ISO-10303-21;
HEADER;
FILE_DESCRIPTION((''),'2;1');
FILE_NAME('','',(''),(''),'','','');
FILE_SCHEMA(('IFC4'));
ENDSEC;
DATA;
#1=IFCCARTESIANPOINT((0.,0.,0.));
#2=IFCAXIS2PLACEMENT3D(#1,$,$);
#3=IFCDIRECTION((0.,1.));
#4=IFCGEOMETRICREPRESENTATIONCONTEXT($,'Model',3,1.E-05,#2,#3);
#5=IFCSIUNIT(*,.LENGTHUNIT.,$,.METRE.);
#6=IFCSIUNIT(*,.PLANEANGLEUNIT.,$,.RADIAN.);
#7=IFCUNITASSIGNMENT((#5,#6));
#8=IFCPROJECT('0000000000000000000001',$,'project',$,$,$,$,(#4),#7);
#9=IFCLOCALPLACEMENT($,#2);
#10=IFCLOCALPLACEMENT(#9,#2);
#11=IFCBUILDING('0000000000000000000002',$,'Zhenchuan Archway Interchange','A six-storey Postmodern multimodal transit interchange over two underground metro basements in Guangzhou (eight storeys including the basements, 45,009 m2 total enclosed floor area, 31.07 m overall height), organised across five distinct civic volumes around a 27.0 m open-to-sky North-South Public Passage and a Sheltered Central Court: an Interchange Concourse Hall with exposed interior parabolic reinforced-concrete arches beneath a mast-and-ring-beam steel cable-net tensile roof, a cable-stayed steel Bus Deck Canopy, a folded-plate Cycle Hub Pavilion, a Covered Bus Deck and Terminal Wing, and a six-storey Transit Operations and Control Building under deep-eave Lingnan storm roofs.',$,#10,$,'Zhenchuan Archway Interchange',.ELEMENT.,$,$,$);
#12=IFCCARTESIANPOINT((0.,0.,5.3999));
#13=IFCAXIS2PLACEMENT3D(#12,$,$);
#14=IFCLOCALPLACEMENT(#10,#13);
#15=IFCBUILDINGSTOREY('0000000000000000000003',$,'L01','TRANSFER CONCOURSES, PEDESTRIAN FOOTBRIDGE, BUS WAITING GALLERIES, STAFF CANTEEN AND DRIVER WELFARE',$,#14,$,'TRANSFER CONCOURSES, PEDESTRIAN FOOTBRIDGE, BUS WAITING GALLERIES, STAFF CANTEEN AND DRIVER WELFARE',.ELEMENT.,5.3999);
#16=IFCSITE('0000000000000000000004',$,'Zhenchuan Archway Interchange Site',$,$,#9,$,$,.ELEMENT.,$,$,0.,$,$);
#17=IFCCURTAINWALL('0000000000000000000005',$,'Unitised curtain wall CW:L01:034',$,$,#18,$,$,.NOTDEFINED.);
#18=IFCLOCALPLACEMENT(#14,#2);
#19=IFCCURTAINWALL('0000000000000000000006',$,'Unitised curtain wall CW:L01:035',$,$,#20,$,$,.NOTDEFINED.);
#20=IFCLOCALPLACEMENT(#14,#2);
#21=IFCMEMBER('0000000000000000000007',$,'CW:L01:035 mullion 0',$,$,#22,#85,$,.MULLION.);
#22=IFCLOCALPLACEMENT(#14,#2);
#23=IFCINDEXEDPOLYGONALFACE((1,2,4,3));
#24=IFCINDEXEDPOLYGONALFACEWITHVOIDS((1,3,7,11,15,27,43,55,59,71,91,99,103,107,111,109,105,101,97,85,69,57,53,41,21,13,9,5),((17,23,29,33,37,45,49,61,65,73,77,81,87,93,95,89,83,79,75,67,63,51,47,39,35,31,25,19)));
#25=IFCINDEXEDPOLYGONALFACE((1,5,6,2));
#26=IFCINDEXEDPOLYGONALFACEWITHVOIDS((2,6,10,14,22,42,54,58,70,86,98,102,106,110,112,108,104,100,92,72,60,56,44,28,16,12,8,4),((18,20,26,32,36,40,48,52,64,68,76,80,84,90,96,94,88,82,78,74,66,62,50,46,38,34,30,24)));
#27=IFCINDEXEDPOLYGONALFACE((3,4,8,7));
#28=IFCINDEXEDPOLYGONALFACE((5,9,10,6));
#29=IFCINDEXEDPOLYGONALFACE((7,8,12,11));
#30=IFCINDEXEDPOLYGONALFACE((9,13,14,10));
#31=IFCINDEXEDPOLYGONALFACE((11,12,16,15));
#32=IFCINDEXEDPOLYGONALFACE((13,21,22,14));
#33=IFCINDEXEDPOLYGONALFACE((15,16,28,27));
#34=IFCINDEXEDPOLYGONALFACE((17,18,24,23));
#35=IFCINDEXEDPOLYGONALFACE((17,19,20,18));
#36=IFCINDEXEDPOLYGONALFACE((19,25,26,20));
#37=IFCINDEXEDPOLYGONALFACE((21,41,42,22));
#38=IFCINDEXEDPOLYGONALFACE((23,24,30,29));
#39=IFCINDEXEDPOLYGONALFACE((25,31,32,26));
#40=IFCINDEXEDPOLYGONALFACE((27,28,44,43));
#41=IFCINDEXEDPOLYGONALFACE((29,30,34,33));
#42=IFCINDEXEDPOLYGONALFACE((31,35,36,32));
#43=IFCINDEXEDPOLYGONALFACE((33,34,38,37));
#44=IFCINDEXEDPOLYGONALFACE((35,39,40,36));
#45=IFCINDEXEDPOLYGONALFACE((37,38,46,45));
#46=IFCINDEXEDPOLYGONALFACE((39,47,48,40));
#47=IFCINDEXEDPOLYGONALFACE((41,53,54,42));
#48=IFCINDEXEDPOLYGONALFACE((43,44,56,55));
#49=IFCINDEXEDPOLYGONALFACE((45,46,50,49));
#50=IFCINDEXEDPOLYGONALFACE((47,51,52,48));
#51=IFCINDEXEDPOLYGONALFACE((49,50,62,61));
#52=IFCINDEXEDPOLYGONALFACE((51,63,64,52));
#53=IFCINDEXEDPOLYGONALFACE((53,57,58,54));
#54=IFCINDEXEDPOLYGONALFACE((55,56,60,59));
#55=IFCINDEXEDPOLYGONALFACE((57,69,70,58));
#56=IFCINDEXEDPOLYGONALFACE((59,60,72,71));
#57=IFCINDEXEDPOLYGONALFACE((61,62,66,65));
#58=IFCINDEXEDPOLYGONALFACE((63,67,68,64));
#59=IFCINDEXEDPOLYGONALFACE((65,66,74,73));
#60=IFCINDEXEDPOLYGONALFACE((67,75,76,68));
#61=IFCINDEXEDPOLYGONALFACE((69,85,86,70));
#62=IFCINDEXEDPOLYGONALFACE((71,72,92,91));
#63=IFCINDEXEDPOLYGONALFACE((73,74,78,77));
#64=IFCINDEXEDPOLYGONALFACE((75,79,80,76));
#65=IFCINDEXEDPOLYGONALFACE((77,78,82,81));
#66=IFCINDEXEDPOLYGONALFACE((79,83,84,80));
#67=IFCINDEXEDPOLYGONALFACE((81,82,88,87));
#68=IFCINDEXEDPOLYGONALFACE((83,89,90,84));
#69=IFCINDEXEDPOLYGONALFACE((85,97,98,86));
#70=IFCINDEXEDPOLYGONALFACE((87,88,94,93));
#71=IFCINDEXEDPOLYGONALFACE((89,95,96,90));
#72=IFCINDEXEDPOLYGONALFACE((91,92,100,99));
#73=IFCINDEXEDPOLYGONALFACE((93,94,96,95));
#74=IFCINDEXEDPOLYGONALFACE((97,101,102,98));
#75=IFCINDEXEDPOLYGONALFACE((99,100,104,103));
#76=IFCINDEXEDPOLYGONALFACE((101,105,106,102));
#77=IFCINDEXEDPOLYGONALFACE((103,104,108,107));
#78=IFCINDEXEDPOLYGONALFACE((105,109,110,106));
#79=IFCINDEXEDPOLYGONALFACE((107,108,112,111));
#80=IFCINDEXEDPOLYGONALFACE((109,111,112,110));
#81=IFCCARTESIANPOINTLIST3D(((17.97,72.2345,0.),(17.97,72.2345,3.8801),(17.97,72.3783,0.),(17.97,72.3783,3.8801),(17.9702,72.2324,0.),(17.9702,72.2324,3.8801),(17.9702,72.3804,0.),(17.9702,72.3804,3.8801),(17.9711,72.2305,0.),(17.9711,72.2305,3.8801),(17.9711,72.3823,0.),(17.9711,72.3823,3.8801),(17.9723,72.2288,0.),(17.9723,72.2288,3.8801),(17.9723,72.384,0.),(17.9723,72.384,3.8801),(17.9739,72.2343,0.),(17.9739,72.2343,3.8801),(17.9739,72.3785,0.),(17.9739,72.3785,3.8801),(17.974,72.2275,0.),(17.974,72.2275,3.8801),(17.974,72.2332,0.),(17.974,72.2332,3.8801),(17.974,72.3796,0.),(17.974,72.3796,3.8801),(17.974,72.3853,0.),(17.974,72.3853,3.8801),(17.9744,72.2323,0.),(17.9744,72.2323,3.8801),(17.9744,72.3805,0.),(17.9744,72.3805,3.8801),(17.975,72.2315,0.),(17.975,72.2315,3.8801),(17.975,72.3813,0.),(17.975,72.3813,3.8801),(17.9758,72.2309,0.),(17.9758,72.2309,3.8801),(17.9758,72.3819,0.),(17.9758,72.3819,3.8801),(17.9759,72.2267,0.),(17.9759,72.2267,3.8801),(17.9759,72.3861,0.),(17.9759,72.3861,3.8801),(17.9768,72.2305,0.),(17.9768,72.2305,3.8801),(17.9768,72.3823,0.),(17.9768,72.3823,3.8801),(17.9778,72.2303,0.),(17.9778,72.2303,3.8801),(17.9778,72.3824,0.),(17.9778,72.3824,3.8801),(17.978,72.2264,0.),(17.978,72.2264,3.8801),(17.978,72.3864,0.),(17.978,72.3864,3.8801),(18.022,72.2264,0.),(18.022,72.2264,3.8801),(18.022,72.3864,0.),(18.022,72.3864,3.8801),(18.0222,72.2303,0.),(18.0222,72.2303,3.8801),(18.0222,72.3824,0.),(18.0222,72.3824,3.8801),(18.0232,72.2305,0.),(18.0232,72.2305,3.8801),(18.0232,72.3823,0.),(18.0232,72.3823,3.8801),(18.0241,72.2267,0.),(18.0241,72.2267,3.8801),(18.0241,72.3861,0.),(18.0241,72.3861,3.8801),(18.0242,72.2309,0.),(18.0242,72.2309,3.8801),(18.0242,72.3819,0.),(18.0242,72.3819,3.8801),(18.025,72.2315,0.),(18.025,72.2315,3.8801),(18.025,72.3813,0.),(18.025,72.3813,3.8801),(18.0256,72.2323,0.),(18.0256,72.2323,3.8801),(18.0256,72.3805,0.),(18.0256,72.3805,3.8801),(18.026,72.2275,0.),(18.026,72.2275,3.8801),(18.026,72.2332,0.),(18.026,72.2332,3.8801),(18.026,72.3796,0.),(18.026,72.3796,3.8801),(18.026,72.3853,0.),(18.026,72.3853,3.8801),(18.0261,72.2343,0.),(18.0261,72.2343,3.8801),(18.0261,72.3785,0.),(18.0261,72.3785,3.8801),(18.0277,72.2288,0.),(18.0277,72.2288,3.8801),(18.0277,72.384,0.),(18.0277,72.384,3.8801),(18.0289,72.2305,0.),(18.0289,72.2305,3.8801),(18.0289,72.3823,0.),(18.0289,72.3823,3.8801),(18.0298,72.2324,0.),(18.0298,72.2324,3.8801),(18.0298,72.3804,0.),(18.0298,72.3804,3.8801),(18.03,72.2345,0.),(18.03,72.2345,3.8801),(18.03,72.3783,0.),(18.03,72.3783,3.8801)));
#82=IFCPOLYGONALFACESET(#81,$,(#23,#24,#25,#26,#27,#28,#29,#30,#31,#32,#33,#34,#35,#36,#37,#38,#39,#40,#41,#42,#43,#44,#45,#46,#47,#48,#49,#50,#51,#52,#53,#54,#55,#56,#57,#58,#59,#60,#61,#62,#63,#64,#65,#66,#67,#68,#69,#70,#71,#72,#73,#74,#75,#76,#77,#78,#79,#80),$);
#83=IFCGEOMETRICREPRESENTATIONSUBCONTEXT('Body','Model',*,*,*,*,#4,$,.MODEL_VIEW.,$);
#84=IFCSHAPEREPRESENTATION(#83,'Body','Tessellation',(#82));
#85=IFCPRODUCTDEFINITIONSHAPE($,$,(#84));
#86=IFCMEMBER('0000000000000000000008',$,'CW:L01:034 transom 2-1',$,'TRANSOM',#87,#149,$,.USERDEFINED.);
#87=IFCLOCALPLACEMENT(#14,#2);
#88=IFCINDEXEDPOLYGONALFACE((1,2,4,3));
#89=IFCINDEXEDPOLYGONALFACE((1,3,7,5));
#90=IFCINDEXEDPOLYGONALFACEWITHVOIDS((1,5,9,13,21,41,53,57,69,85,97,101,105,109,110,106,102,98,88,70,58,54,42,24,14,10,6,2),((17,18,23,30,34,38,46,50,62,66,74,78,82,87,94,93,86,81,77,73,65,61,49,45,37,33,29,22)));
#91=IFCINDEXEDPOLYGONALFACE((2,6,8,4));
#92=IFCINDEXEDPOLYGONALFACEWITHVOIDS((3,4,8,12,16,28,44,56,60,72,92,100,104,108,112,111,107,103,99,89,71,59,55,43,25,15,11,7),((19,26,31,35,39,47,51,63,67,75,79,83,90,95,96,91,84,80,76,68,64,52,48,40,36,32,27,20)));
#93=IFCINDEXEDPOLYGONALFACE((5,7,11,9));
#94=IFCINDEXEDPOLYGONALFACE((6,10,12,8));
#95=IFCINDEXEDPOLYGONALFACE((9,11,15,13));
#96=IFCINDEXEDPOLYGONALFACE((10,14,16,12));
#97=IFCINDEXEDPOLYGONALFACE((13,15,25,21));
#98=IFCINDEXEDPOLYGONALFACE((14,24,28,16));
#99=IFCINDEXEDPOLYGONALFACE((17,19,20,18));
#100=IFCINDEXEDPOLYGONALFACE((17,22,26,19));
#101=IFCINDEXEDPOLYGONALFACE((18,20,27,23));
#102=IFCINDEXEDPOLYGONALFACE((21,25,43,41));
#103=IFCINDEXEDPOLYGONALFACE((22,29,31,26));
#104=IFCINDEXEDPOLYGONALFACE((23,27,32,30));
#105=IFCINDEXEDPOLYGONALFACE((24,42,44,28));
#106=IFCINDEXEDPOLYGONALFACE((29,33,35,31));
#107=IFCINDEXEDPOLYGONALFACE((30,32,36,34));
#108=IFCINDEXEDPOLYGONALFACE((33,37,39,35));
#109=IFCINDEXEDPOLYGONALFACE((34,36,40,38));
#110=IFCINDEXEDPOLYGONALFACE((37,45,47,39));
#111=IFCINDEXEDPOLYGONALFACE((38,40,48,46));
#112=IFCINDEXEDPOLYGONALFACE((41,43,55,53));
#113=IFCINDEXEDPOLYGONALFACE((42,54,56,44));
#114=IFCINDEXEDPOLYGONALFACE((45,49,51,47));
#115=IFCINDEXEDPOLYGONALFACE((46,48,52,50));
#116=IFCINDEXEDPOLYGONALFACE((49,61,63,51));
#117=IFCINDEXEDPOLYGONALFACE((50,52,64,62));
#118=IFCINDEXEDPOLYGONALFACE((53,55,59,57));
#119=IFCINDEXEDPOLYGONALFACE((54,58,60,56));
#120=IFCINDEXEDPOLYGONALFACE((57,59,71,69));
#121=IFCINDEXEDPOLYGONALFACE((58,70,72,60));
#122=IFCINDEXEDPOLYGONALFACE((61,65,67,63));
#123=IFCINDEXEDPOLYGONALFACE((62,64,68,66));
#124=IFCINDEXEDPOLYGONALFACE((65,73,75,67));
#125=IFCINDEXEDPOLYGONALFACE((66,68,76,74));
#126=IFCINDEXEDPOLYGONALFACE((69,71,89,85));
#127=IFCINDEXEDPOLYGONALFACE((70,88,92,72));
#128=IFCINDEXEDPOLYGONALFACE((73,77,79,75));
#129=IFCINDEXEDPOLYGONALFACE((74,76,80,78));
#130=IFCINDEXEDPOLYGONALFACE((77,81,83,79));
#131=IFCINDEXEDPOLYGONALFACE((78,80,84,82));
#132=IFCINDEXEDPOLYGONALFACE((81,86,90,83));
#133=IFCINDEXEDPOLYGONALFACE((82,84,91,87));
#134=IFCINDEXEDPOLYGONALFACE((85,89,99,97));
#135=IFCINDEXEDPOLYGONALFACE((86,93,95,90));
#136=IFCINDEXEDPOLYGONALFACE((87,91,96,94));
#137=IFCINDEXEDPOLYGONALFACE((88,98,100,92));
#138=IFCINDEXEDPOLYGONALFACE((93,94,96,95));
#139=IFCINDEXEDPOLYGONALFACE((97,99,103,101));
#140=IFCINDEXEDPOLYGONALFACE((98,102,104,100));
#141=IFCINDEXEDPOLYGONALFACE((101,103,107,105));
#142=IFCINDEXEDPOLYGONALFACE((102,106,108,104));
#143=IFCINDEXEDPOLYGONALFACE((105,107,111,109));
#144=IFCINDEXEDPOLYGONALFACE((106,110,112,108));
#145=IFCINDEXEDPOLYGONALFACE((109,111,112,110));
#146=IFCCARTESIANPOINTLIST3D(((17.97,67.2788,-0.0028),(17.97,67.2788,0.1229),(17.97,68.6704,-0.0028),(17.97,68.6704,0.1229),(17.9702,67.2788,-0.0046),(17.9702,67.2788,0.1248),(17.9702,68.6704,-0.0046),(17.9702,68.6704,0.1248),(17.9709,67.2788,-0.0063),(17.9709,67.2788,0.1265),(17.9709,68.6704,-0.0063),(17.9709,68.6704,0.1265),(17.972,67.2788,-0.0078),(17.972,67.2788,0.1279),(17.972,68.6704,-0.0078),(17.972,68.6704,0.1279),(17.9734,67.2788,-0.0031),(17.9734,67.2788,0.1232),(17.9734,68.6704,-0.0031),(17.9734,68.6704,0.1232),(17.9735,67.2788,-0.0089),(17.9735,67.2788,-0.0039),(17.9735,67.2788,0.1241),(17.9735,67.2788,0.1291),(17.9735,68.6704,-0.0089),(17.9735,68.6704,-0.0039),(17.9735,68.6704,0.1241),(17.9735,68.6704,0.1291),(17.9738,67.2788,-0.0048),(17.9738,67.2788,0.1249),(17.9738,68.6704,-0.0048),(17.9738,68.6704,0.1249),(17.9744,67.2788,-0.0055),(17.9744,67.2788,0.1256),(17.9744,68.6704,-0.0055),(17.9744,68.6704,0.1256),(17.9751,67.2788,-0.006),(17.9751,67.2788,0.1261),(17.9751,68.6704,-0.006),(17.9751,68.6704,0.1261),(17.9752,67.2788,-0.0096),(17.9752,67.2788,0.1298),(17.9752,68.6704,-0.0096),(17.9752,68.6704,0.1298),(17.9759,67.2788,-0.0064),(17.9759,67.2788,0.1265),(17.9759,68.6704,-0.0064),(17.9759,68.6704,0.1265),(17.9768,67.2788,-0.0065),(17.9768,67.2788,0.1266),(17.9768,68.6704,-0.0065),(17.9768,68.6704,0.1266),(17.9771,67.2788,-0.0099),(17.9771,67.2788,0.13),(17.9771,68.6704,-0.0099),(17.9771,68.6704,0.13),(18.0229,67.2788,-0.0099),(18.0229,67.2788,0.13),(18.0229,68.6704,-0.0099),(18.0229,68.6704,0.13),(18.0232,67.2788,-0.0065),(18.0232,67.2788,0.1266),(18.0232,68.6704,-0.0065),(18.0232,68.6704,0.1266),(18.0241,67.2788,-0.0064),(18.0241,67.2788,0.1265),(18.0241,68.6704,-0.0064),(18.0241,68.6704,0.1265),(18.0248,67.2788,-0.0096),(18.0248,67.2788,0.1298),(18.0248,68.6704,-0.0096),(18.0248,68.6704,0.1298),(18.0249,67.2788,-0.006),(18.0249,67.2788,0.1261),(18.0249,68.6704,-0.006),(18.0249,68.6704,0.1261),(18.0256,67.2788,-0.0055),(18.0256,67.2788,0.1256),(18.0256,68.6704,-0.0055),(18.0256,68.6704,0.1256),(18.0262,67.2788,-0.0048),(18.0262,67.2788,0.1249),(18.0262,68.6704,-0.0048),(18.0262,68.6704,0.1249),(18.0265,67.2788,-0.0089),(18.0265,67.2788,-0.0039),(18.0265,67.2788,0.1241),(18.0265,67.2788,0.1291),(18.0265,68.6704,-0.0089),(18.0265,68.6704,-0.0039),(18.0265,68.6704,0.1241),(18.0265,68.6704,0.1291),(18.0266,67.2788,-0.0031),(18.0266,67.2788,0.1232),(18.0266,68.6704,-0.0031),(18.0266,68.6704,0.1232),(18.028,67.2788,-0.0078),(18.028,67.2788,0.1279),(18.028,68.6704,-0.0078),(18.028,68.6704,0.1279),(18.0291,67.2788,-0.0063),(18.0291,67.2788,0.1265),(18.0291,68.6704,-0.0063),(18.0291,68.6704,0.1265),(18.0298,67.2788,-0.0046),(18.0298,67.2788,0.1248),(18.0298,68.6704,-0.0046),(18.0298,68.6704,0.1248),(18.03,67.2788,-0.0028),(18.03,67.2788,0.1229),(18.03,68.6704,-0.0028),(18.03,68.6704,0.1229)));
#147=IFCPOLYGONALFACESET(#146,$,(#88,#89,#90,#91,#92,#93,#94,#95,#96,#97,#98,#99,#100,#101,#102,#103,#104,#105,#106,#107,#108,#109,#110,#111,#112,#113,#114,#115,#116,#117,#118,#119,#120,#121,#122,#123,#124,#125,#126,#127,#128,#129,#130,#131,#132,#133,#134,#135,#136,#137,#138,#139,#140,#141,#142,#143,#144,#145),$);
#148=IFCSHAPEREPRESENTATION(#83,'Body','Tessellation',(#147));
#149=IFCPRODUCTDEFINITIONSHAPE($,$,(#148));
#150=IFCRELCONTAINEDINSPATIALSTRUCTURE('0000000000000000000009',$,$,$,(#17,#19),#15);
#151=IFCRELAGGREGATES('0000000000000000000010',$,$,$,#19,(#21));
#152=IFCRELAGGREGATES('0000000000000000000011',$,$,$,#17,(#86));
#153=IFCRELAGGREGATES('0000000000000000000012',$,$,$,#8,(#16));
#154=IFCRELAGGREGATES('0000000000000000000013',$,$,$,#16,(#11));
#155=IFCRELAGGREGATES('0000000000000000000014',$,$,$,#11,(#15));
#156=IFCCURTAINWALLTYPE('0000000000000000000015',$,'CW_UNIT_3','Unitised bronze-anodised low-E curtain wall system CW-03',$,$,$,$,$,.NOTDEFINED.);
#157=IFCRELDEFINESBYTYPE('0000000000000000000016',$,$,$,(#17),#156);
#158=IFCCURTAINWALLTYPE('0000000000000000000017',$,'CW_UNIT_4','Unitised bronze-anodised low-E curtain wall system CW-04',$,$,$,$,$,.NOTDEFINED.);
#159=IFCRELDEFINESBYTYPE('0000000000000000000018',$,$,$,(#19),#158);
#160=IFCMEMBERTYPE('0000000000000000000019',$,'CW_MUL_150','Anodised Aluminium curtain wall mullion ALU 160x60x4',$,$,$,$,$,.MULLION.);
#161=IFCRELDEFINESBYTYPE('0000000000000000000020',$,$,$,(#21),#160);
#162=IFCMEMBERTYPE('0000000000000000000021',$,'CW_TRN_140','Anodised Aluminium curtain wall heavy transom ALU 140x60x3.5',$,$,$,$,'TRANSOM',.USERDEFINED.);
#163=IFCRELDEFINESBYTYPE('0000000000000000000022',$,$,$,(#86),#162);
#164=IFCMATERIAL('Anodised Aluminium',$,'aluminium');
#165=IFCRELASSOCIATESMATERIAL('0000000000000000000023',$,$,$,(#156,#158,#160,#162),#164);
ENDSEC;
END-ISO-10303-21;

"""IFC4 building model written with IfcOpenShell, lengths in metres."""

from ifc_helpers import new_model, si_unit, direction, frame, origin, origin_2d, place, context, subcontext, project, spatial, hollow_rectangle, extrude, material, material_profile, profile_set, type_object, element, aggregate, save


model = new_model("IFC4")

# Units and contexts
model_context = context("Model", 3, precision=1e-05, world=origin(), true_north=direction((0.0, 1.0)))
body_context = subcontext(model_context, "Body", "Model", "MODEL_VIEW")
ifc_project = project(units=[si_unit("LENGTHUNIT", "METRE"), si_unit("PLANEANGLEUNIT", "RADIAN")], contexts=[model_context])

# Site, building, storey
site_placement = place(None, origin())
site = spatial("IfcSite", under=ifc_project, at=site_placement, Name="Zhenchuan Archway Interchange Site", CompositionType="ELEMENT", RefElevation=0.0)
building_placement = place(site_placement, origin())
building = spatial("IfcBuilding", under=site, at=building_placement, Name="Zhenchuan Archway Interchange", Description="A six-storey Postmodern multimodal transit interchange over two underground metro basements in Guangzhou (eight storeys including the basements, 45,009 m2 total enclosed floor area, 31.07 m overall height), organised across five distinct civic volumes around a 27.0 m open-to-sky North-South Public Passage and a Sheltered Central Court: an Interchange Concourse Hall with exposed interior parabolic reinforced-concrete arches beneath a mast-and-ring-beam steel cable-net tensile roof, a cable-stayed steel Bus Deck Canopy, a folded-plate Cycle Hub Pavilion, a Covered Bus Deck and Terminal Wing, and a six-storey Transit Operations and Control Building under deep-eave Lingnan storm roofs.", LongName="Zhenchuan Archway Interchange", CompositionType="ELEMENT")
storey_placement = place(building_placement, frame((0.0, 0.0, 5.3999)))
storey = spatial("IfcBuildingStorey", under=building, at=storey_placement, Name="L01", Description="TRANSFER CONCOURSES, PEDESTRIAN FOOTBRIDGE, BUS WAITING GALLERIES, STAFF CANTEEN AND DRIVER WELFARE", LongName="TRANSFER CONCOURSES, PEDESTRIAN FOOTBRIDGE, BUS WAITING GALLERIES, STAFF CANTEEN AND DRIVER WELFARE", CompositionType="ELEMENT", Elevation=5.3999)

# Curtain wall
ifc_material_1 = material(Name="Anodised Aluminium", Category="aluminium")
curtain_wall_type_1 = type_object("IfcCurtainWallType", Name="CW_UNIT_3", Description="Unitised bronze-anodised low-E curtain wall system CW-03", PredefinedType="NOTDEFINED", material=ifc_material_1)
curtain_wall_1_placement = place(storey_placement, origin())
curtain_wall_1 = element("IfcCurtainWall", 1, at=curtain_wall_1_placement, inside=storey, type_object=curtain_wall_type_1, Name="Unitised curtain wall CW:L01:034", PredefinedType="NOTDEFINED")
ifc_material_profile_1 = material_profile(ifc_material_1, hollow_rectangle(XDim=0.0601, YDim=0.1599, WallThickness=0.0039, InnerFilletRadius=0.0039, OuterFilletRadius=0.0081, at=origin_2d()), Name="ALU 160x60x4")
ifc_profile_set_1 = profile_set([ifc_material_profile_1], Name="Anodised Aluminium")
member_type_1 = type_object("IfcMemberType", Name="CW_MUL_150", Description="Anodised Aluminium curtain wall mullion ALU 160x60x4", PredefinedType="MULLION", material=ifc_profile_set_1)

# Curtain wall, member
curtain_wall_type_2 = type_object("IfcCurtainWallType", Name="CW_UNIT_4", Description="Unitised bronze-anodised low-E curtain wall system CW-04", PredefinedType="NOTDEFINED", material=ifc_material_1)
curtain_wall_2_placement = place(storey_placement, origin())
curtain_wall_2 = element("IfcCurtainWall", 2, at=curtain_wall_2_placement, inside=storey, type_object=curtain_wall_type_2, Name="Unitised curtain wall CW:L01:035", PredefinedType="NOTDEFINED")
member_1_placement = place(storey_placement, frame((18.0, 72.3064, 0.0), z_axis=(0.0, 0.0, 1.0), x_axis=(1.0, 0.0, 0.0)))
member_1 = element("IfcMember", 3, at=member_1_placement, type_object=member_type_1, Name="CW:L01:035 mullion 0", PredefinedType="MULLION", context=body_context, shape_type="SweptSolid", body=[
    extrude(hollow_rectangle(XDim=0.0601, YDim=0.1599, WallThickness=0.0039, InnerFilletRadius=0.0039, OuterFilletRadius=0.0081, at=origin_2d()), origin(), (0.0, 0.0, 1.0), 3.8801),
])

# Member
ifc_material_profile_2 = material_profile(ifc_material_1, hollow_rectangle(XDim=0.0601, YDim=0.1399, WallThickness=0.0034, InnerFilletRadius=0.0034, OuterFilletRadius=0.0071, at=origin_2d()), Name="ALU 140x60x3.5")
ifc_profile_set_2 = profile_set([ifc_material_profile_2], Name="Anodised Aluminium")
member_type_2 = type_object("IfcMemberType", Name="CW_TRN_140", Description="Anodised Aluminium curtain wall heavy transom ALU 140x60x3.5", ElementType="TRANSOM", PredefinedType="USERDEFINED", material=ifc_profile_set_2)
member_2_placement = place(storey_placement, frame((18.0, 67.2788, 0.0601), z_axis=(0.0, 1.0, 0.0), x_axis=(-1.0, 0.0, 0.0)))
member_2 = element("IfcMember", 4, at=member_2_placement, type_object=member_type_2, Name="CW:L01:034 transom 2-1", ObjectType="TRANSOM", PredefinedType="USERDEFINED", context=body_context, shape_type="SweptSolid", body=[
    extrude(hollow_rectangle(XDim=0.0601, YDim=0.1399, WallThickness=0.0034, InnerFilletRadius=0.0034, OuterFilletRadius=0.0071, at=origin_2d()), origin(), (0.0, 0.0, 1.0), 1.3916),
])
aggregate(curtain_wall_2, [member_1])

aggregate(curtain_wall_1, [member_2])

save(model, "model.ifc")
